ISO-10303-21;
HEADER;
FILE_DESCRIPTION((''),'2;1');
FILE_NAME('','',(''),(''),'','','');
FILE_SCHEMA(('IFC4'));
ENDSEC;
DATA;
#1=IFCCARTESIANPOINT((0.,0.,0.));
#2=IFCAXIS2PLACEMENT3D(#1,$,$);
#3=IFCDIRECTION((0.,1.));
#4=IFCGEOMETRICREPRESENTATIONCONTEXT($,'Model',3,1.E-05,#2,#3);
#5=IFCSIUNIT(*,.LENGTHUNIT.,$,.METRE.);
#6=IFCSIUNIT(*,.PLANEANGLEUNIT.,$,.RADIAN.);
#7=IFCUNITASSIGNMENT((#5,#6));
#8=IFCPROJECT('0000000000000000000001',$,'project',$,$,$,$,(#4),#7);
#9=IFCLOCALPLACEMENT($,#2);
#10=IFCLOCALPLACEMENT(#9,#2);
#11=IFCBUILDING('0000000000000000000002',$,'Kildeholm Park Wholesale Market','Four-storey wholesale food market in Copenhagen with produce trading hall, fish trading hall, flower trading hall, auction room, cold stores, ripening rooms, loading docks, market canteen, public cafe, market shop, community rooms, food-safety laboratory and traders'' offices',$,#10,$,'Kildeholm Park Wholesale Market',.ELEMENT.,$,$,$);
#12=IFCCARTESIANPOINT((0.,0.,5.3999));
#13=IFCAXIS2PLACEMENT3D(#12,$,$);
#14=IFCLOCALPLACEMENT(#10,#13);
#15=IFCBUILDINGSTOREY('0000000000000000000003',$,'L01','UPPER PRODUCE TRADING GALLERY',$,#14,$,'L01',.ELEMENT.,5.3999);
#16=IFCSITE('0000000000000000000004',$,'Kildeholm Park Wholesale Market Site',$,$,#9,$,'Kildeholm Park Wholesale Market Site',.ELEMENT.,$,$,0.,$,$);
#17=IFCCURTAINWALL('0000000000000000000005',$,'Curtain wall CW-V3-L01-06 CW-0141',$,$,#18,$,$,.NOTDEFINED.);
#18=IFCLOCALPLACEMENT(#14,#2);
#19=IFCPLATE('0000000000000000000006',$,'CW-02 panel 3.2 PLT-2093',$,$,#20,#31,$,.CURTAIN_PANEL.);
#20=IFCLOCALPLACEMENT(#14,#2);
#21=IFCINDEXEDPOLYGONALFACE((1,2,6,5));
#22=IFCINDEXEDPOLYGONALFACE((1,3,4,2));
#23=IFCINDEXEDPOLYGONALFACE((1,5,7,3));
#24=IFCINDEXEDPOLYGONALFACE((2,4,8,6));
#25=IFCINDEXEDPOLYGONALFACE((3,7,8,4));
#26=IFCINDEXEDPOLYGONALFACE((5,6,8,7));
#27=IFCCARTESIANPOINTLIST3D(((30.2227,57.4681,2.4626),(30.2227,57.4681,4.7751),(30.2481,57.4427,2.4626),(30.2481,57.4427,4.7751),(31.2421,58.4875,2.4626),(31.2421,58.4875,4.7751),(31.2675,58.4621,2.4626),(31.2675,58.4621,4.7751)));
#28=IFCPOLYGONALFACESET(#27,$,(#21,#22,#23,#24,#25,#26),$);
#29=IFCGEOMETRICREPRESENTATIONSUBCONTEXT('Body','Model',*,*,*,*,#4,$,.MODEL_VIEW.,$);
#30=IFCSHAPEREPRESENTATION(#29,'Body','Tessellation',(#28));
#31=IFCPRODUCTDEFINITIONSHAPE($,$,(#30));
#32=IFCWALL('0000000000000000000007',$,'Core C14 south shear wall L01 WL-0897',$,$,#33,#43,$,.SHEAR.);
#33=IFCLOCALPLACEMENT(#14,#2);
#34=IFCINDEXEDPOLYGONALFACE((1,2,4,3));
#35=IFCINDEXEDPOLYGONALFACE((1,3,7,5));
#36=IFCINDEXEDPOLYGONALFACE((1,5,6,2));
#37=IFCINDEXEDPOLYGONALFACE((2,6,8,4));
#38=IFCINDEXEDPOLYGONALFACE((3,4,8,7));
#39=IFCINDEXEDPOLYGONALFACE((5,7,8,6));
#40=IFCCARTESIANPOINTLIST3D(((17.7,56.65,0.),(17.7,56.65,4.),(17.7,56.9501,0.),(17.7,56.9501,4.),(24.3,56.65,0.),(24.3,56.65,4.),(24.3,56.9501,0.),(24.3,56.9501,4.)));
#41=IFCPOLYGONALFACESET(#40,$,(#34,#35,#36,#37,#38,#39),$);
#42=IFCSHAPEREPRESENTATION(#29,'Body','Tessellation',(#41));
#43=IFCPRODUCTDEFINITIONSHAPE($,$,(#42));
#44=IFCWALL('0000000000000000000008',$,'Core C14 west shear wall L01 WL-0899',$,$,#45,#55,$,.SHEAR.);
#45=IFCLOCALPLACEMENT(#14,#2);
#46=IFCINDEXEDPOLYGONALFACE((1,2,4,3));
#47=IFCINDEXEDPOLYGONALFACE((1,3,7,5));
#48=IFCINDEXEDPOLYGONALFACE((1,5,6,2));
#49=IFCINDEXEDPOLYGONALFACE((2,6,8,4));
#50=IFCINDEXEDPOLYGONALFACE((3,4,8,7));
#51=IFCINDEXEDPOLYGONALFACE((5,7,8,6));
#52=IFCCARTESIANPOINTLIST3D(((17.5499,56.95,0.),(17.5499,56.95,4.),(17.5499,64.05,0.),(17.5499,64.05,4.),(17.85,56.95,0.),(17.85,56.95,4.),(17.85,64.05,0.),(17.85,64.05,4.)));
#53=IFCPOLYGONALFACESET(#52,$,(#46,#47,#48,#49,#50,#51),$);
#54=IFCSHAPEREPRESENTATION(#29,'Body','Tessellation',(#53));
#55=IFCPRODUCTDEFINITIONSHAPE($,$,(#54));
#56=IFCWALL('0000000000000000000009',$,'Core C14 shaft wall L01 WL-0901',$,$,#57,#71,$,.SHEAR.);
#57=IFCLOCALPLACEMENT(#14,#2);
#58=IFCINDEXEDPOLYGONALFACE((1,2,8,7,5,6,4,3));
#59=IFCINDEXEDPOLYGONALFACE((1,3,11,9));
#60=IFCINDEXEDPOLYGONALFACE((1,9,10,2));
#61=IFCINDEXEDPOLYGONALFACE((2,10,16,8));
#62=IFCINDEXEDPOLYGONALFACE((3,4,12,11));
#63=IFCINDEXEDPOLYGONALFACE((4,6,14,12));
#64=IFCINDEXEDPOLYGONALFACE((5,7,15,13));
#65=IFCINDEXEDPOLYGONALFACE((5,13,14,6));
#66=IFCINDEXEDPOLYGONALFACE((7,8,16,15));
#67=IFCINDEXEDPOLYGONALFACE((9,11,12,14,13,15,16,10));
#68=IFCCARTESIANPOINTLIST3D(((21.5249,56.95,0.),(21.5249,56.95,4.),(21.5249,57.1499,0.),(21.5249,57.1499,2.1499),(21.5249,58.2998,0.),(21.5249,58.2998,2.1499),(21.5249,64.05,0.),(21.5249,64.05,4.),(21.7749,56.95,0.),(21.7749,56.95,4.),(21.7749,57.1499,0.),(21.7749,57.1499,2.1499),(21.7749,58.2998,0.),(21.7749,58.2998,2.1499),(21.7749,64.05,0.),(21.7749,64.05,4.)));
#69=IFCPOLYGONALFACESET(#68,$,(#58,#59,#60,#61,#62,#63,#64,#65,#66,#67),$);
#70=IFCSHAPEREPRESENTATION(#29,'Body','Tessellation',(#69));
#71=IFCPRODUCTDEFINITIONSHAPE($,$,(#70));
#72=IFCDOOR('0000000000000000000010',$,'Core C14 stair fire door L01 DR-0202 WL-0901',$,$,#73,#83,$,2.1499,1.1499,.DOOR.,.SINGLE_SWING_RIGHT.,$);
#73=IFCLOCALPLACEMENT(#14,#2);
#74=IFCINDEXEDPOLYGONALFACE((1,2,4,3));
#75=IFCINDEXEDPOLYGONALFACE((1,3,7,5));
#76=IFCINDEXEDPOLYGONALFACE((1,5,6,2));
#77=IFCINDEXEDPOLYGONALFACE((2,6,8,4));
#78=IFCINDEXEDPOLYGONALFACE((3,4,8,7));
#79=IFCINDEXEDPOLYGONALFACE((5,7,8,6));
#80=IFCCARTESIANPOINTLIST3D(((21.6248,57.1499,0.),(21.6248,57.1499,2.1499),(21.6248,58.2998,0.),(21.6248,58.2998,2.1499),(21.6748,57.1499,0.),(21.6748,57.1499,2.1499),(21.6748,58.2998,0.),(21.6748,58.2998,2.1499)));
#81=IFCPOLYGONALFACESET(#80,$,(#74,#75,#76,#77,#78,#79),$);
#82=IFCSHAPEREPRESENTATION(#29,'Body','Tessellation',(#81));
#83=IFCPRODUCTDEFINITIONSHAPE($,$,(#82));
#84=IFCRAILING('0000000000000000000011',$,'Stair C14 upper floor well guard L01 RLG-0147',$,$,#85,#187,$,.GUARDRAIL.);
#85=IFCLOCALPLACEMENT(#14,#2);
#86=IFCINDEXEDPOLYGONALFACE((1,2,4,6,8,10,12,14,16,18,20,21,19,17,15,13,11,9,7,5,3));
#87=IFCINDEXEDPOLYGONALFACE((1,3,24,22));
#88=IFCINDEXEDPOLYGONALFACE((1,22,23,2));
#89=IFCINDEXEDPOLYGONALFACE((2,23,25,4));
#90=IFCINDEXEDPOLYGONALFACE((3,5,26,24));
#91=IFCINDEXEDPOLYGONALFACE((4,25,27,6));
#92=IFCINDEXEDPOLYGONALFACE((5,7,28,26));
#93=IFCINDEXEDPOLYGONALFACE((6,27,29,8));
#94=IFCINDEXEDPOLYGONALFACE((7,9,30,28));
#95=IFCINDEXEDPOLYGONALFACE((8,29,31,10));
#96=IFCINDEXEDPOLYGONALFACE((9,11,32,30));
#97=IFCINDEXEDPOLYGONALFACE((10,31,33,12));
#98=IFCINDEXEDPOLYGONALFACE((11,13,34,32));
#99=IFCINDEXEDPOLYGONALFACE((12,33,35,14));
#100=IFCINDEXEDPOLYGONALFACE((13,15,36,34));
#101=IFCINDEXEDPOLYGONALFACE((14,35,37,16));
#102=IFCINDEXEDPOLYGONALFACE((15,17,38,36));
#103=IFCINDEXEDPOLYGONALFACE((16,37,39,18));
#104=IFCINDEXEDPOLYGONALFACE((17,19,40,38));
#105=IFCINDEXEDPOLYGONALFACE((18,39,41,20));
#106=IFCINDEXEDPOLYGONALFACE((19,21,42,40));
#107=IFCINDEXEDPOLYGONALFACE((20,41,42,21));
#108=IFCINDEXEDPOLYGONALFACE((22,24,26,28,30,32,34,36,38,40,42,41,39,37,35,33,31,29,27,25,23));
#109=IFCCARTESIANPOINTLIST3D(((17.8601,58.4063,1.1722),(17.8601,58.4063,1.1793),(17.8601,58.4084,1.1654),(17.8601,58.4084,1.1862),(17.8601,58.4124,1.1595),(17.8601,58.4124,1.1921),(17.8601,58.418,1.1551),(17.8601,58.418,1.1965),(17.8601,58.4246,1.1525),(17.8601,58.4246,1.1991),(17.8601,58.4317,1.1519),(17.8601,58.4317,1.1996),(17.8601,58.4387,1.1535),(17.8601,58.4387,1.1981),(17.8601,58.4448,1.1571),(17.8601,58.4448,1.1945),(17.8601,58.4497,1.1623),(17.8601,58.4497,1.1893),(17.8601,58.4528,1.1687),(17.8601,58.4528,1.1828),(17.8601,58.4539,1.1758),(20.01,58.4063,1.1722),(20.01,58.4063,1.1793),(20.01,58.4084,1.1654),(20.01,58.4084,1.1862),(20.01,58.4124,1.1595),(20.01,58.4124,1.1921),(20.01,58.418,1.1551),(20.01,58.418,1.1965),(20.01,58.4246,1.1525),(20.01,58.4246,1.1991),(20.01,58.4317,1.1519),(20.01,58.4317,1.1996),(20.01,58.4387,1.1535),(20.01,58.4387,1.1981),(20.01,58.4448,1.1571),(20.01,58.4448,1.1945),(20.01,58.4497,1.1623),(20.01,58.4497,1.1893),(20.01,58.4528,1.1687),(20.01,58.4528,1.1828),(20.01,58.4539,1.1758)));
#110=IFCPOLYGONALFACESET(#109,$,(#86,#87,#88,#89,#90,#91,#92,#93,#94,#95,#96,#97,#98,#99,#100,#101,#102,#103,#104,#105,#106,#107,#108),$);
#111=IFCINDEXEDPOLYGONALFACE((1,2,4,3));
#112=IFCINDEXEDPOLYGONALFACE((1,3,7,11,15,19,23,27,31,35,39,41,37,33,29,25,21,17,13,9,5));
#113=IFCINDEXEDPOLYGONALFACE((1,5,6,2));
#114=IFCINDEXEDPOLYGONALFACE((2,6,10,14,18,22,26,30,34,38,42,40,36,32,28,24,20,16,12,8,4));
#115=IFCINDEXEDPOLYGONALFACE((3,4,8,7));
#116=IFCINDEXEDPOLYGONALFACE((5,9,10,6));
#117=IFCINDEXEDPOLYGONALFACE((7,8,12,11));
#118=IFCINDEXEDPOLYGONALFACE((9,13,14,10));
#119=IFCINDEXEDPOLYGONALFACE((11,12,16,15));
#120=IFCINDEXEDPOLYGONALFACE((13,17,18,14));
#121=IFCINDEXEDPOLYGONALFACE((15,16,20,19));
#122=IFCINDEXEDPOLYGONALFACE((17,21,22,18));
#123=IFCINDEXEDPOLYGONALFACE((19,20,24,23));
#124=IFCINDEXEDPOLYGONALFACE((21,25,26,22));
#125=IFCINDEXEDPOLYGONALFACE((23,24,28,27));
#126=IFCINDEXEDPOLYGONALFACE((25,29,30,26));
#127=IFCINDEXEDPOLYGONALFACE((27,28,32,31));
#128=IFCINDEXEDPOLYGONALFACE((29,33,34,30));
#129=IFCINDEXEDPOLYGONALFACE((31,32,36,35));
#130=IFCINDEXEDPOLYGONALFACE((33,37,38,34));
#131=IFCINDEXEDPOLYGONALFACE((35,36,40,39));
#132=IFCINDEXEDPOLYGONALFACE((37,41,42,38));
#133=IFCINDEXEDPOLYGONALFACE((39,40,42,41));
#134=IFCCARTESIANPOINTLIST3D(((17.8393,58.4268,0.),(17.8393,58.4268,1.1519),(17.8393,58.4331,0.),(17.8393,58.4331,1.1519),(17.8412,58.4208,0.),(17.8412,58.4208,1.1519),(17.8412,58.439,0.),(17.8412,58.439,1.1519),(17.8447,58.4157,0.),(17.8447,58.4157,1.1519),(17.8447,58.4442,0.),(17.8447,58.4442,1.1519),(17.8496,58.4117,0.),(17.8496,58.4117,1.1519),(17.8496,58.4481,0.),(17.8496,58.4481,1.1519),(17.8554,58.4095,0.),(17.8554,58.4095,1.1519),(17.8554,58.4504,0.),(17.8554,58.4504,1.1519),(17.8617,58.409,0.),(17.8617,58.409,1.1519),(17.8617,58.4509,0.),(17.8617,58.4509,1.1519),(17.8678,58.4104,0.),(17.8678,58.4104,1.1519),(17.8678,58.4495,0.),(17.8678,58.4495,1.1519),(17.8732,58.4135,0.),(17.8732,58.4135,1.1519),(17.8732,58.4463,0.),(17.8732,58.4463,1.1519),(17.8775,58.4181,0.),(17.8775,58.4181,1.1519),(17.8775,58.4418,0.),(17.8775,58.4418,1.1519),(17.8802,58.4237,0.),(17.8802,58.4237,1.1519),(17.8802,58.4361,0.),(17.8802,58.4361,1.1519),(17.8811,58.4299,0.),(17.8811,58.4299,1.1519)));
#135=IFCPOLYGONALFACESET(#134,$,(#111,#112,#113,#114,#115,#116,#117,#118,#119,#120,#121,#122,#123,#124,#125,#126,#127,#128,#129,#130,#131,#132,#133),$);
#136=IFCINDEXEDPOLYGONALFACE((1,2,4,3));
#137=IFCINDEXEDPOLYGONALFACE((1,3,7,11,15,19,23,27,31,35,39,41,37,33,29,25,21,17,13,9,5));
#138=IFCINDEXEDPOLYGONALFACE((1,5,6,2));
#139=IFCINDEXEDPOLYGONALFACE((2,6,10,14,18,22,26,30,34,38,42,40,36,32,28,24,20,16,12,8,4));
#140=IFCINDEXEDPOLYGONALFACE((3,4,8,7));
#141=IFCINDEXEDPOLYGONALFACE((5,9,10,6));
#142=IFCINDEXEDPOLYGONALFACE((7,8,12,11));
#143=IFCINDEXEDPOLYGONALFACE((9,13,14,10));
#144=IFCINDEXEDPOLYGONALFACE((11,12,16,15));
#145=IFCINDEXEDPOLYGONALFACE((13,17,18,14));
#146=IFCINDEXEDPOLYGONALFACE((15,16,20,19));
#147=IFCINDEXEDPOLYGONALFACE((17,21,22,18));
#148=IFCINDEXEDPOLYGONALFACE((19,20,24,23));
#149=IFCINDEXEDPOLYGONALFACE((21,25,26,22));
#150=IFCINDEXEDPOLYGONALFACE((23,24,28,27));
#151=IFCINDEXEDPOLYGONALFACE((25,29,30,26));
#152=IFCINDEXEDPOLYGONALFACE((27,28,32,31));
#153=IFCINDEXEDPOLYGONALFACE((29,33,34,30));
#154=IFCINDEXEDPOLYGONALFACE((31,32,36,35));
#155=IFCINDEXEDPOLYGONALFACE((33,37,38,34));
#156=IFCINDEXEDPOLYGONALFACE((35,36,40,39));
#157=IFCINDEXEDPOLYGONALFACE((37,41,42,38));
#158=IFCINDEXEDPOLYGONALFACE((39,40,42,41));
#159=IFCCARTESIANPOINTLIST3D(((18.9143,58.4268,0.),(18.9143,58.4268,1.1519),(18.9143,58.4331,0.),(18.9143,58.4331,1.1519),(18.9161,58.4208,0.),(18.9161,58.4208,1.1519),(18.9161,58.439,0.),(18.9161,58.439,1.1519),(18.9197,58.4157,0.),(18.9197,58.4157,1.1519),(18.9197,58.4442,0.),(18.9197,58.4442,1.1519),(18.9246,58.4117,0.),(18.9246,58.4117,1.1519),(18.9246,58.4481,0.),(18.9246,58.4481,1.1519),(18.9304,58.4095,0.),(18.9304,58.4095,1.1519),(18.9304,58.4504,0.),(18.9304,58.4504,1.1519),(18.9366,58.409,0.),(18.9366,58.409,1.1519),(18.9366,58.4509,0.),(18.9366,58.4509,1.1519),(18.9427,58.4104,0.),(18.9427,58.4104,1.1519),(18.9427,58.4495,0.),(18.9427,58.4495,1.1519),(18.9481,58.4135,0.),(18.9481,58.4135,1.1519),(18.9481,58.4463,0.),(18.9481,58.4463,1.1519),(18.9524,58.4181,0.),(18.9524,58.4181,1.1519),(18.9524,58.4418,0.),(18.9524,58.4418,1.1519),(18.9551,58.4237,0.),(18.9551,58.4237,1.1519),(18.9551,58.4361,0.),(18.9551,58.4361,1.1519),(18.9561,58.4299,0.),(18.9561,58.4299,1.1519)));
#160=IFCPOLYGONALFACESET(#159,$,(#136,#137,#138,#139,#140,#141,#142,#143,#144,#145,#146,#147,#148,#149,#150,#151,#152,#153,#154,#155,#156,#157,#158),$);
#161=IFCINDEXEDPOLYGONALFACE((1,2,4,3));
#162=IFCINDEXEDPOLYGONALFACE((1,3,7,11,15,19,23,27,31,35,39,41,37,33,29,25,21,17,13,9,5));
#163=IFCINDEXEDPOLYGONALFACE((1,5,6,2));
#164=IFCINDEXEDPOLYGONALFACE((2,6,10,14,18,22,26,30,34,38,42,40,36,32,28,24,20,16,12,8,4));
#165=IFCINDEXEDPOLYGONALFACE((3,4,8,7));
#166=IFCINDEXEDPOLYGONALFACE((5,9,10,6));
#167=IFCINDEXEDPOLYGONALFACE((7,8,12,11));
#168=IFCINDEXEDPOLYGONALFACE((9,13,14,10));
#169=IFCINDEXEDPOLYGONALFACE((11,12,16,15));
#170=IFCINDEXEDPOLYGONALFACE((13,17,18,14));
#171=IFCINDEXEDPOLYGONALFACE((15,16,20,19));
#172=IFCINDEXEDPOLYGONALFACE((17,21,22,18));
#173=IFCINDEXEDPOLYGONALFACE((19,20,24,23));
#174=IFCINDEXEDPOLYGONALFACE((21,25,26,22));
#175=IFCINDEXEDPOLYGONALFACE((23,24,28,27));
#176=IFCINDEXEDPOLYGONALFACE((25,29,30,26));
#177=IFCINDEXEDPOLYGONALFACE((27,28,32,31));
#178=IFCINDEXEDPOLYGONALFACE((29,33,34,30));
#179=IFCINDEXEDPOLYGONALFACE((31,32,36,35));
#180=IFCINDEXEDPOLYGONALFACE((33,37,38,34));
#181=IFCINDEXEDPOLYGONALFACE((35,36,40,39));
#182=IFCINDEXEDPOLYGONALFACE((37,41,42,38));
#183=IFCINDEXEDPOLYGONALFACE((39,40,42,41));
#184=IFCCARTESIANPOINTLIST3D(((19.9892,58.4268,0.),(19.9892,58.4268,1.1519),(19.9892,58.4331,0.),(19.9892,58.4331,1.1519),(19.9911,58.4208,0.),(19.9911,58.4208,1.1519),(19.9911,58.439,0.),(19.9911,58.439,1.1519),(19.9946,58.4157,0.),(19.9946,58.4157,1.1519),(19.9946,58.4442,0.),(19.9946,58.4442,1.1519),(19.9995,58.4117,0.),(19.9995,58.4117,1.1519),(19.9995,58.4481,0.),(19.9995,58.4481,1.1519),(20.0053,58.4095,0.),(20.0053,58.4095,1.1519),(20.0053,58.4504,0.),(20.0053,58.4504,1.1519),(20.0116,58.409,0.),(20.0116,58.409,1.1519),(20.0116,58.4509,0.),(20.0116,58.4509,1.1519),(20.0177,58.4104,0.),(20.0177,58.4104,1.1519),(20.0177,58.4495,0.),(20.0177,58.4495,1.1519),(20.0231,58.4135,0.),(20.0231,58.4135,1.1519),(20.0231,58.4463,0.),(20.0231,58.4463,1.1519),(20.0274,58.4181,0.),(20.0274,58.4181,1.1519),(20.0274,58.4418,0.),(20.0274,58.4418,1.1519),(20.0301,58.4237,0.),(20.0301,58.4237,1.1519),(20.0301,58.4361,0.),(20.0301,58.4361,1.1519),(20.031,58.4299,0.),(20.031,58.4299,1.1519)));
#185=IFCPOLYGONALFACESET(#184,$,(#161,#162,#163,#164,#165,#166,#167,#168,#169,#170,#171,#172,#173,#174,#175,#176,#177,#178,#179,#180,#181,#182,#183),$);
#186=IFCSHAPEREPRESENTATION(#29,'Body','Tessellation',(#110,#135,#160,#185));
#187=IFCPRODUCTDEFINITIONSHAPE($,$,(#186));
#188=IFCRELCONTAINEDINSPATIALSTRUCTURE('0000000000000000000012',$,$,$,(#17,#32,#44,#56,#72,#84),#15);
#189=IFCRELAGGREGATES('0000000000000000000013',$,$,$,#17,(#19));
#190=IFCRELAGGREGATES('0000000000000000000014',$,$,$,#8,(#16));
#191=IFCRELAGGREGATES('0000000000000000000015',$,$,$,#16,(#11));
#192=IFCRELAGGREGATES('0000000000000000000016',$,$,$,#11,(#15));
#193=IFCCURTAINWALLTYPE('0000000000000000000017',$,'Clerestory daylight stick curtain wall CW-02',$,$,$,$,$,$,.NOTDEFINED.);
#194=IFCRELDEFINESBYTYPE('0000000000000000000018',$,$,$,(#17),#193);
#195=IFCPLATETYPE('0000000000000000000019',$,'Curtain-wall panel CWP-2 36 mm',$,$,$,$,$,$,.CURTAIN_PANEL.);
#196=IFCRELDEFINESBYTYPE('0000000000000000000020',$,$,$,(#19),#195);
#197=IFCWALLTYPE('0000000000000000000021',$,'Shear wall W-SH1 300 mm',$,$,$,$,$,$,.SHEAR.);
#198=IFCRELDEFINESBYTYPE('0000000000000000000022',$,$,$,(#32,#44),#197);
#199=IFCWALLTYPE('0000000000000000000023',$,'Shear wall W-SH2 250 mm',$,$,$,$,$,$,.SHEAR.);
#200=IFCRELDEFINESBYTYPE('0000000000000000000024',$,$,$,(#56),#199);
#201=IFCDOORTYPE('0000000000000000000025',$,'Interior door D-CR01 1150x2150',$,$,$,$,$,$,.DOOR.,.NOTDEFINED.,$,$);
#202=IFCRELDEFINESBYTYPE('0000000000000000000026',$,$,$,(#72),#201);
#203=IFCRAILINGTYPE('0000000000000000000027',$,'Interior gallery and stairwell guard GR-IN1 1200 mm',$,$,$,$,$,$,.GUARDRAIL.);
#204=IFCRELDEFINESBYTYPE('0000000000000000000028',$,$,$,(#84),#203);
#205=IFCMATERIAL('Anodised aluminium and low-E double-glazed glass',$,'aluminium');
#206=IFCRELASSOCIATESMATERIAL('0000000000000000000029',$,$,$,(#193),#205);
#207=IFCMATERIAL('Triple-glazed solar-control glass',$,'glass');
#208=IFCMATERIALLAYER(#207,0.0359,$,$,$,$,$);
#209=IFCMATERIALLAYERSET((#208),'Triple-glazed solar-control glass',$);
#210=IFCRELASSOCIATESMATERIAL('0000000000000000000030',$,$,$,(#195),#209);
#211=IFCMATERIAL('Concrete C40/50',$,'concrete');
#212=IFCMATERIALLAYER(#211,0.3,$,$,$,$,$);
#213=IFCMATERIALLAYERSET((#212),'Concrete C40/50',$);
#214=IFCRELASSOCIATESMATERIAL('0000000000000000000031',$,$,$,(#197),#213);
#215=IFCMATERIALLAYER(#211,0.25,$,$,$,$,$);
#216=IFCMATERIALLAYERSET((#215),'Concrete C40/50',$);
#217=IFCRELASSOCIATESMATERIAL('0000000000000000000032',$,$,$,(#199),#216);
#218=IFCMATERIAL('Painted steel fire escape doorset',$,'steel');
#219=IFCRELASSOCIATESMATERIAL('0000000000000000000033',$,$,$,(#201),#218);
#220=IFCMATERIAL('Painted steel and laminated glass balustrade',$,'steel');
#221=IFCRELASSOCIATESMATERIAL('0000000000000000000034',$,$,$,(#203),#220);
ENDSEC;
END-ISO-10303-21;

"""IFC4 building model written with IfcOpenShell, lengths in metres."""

from ifc_helpers import new_model, si_unit, direction, frame, frame_2d, origin, origin_2d, place, context, subcontext, project, spatial, rectangle, circle, extrude, material, layer, layer_set, type_object, element, fill, aggregate, save


model = new_model("IFC4")

# Units and contexts
model_context = context("Model", 3, precision=1e-05, world=origin(), true_north=direction((0.0, 1.0)))
body_context = subcontext(model_context, "Body", "Model", "MODEL_VIEW")
ifc_project = project(units=[si_unit("LENGTHUNIT", "METRE"), si_unit("PLANEANGLEUNIT", "RADIAN")], contexts=[model_context])

# Site, building, storey
site_placement = place(None, origin())
site = spatial("IfcSite", under=ifc_project, at=site_placement, Name="Kildeholm Park Wholesale Market Site", LongName="Kildeholm Park Wholesale Market Site", CompositionType="ELEMENT", RefElevation=0.0)
building_placement = place(site_placement, origin())
building = spatial("IfcBuilding", under=site, at=building_placement, Name="Kildeholm Park Wholesale Market", Description="Four-storey wholesale food market in Copenhagen with produce trading hall, fish trading hall, flower trading hall, auction room, cold stores, ripening rooms, loading docks, market canteen, public cafe, market shop, community rooms, food-safety laboratory and traders' offices", LongName="Kildeholm Park Wholesale Market", CompositionType="ELEMENT")
storey_placement = place(building_placement, frame((0.0, 0.0, 5.3999)))
storey = spatial("IfcBuildingStorey", under=building, at=storey_placement, Name="L01", Description="UPPER PRODUCE TRADING GALLERY", LongName="L01", CompositionType="ELEMENT", Elevation=5.3999)

# Curtain wall
ifc_material_1 = material(Name="Anodised aluminium and low-E double-glazed glass", Category="aluminium")
curtain_wall_type = type_object("IfcCurtainWallType", Name="Clerestory daylight stick curtain wall CW-02", PredefinedType="NOTDEFINED", material=ifc_material_1)
curtain_wall_1_placement = place(storey_placement, origin())
curtain_wall_1 = element("IfcCurtainWall", 1, at=curtain_wall_1_placement, inside=storey, type_object=curtain_wall_type, Name="Curtain wall CW-V3-L01-06 CW-0141", PredefinedType="NOTDEFINED")

# Shared definitions
ifc_material_2 = material(Name="Triple-glazed solar-control glass", Category="glass")
ifc_layer_1 = layer(ifc_material_2, 0.0359)
ifc_layer_set_1 = layer_set([ifc_layer_1], Name="Triple-glazed solar-control glass")
plate_type = type_object("IfcPlateType", Name="Curtain-wall panel CWP-2 36 mm", PredefinedType="CURTAIN_PANEL", material=ifc_layer_set_1)

# Plate
plate_1_placement = place(storey_placement, frame((30.7451, 57.9651, 2.4626), z_axis=(0.0, 0.0, 1.0), x_axis=(0.707107, 0.707107, 0.0)))
plate_1 = element("IfcPlate", 2, at=plate_1_placement, type_object=plate_type, Name="CW-02 panel 3.2 PLT-2093", PredefinedType="CURTAIN_PANEL", context=body_context, shape_type="SweptSolid", body=[
    extrude(rectangle(XDim=1.4417, YDim=0.0359, at=origin_2d()), origin(), (0.0, 0.0, 1.0), 2.3125),
])
aggregate(curtain_wall_1, [plate_1])

# Walls
ifc_material_3 = material(Name="Concrete C40/50", Category="concrete")
ifc_layer_2 = layer(ifc_material_3, 0.3)
ifc_layer_set_2 = layer_set([ifc_layer_2], Name="Concrete C40/50")
wall_type_1 = type_object("IfcWallType", Name="Shear wall W-SH1 300 mm", PredefinedType="SHEAR", material=ifc_layer_set_2)
wall_1_placement = place(storey_placement, frame((17.7, 56.8, 0.0), z_axis=(0.0, 0.0, 1.0), x_axis=(1.0, 0.0, 0.0)))
element("IfcWall", 3, at=wall_1_placement, inside=storey, type_object=wall_type_1, Name="Core C14 south shear wall L01 WL-0897", PredefinedType="SHEAR", context=body_context, shape_type="SweptSolid", body=[
    extrude(rectangle(XDim=6.6001, YDim=0.3, at=frame_2d((3.3, 0.0))), origin(), (0.0, 0.0, 1.0), 4.0),
])
wall_2_placement = place(storey_placement, frame((17.7, 56.95, 0.0), z_axis=(0.0, 0.0, 1.0), x_axis=(0.0, 1.0, 0.0)))
element("IfcWall", 4, at=wall_2_placement, inside=storey, type_object=wall_type_1, Name="Core C14 west shear wall L01 WL-0899", PredefinedType="SHEAR", context=body_context, shape_type="SweptSolid", body=[
    extrude(rectangle(XDim=7.1001, YDim=0.3, at=frame_2d((3.55, 0.0))), origin(), (0.0, 0.0, 1.0), 4.0),
])

# Wall, opening, door
ifc_layer_3 = layer(ifc_material_3, 0.25)
ifc_layer_set_3 = layer_set([ifc_layer_3], Name="Concrete C40/50")
wall_type_2 = type_object("IfcWallType", Name="Shear wall W-SH2 250 mm", PredefinedType="SHEAR", material=ifc_layer_set_3)
wall_3_placement = place(storey_placement, frame((21.6499, 56.95, 0.0), z_axis=(0.0, 0.0, 1.0), x_axis=(0.0, 1.0, 0.0)))
wall_3 = element("IfcWall", 5, at=wall_3_placement, inside=storey, type_object=wall_type_2, Name="Core C14 shaft wall L01 WL-0901", PredefinedType="SHEAR", context=body_context, shape_type="SweptSolid", body=[
    extrude(rectangle(XDim=7.1001, YDim=0.25, at=frame_2d((3.55, 0.0))), origin(), (0.0, 0.0, 1.0), 4.0),
])
opening_1_placement = place(wall_3_placement, frame((0.2, 0.0, 0.0)))
opening_1 = element("IfcOpeningElement", 6, at=opening_1_placement, cuts=wall_3, PredefinedType="OPENING", context=body_context, shape_type="SweptSolid", body=[
    extrude(rectangle(XDim=1.1499, YDim=2.1499, at=frame_2d((0.575, 1.075))), frame((0.0, 0.135, 0.0), z_axis=(0.0, -1.0, 0.0), x_axis=(1.0, 0.0, 0.0)), (0.0, 0.0, 1.0), 0.27),
])
ifc_material_4 = material(Name="Painted steel fire escape doorset", Category="steel")
door_type_1 = type_object("IfcDoorType", Name="Interior door D-CR01 1150x2150", OperationType="NOTDEFINED", PredefinedType="DOOR", material=ifc_material_4)
door_1_placement = place(opening_1_placement, frame((1.1499, 0.0, 0.0), z_axis=(0.0, 0.0, 1.0), x_axis=(-1.0, 0.0, 0.0)))
door_1 = element("IfcDoor", 7, at=door_1_placement, inside=storey, type_object=door_type_1, Name="Core C14 stair fire door L01 DR-0202 WL-0901", OperationType="SINGLE_SWING_RIGHT", OverallHeight=2.1499, OverallWidth=1.1499, PredefinedType="DOOR", context=body_context, shape_type="SweptSolid", body=[
    extrude(rectangle(XDim=1.1499, YDim=2.1499, at=frame_2d((0.575, 1.075))), frame((0.0, 0.0249, 0.0), z_axis=(0.0, -1.0, 0.0), x_axis=(1.0, 0.0, 0.0)), (0.0, 0.0, 1.0), 0.05),
])
fill(opening_1, door_1)

# Railing
ifc_material_5 = material(Name="Painted steel and laminated glass balustrade", Category="steel")
railing_type = type_object("IfcRailingType", Name="Interior gallery and stairwell guard GR-IN1 1200 mm", PredefinedType="GUARDRAIL", material=ifc_material_5)
railing_placement = place(storey_placement, frame((17.8601, 58.4299, 0.0)))
element("IfcRailing", 8, at=railing_placement, inside=storey, type_object=railing_type, Name="Stair C14 upper floor well guard L01 RLG-0147", PredefinedType="GUARDRAIL", context=body_context, shape_type="SweptSolid", body=[
    extrude(circle(Radius=0.0239, at=origin_2d()), frame((0.0, 0.0, 1.1758), z_axis=(1.0, 0.0, 0.0), x_axis=(0.0, 1.0, 0.0)), (0.0, 0.0, 1.0), 2.1499),
    extrude(circle(Radius=0.021, at=origin_2d()), origin(), (0.0, 0.0, 1.0), 1.1519),
    extrude(circle(Radius=0.021, at=origin_2d()), frame((1.075, 0.0, 0.0)), (0.0, 0.0, 1.0), 1.1519),
    extrude(circle(Radius=0.021, at=origin_2d()), frame((2.1499, 0.0, 0.0)), (0.0, 0.0, 1.0), 1.1519),
])

save(model, "model.ifc")
